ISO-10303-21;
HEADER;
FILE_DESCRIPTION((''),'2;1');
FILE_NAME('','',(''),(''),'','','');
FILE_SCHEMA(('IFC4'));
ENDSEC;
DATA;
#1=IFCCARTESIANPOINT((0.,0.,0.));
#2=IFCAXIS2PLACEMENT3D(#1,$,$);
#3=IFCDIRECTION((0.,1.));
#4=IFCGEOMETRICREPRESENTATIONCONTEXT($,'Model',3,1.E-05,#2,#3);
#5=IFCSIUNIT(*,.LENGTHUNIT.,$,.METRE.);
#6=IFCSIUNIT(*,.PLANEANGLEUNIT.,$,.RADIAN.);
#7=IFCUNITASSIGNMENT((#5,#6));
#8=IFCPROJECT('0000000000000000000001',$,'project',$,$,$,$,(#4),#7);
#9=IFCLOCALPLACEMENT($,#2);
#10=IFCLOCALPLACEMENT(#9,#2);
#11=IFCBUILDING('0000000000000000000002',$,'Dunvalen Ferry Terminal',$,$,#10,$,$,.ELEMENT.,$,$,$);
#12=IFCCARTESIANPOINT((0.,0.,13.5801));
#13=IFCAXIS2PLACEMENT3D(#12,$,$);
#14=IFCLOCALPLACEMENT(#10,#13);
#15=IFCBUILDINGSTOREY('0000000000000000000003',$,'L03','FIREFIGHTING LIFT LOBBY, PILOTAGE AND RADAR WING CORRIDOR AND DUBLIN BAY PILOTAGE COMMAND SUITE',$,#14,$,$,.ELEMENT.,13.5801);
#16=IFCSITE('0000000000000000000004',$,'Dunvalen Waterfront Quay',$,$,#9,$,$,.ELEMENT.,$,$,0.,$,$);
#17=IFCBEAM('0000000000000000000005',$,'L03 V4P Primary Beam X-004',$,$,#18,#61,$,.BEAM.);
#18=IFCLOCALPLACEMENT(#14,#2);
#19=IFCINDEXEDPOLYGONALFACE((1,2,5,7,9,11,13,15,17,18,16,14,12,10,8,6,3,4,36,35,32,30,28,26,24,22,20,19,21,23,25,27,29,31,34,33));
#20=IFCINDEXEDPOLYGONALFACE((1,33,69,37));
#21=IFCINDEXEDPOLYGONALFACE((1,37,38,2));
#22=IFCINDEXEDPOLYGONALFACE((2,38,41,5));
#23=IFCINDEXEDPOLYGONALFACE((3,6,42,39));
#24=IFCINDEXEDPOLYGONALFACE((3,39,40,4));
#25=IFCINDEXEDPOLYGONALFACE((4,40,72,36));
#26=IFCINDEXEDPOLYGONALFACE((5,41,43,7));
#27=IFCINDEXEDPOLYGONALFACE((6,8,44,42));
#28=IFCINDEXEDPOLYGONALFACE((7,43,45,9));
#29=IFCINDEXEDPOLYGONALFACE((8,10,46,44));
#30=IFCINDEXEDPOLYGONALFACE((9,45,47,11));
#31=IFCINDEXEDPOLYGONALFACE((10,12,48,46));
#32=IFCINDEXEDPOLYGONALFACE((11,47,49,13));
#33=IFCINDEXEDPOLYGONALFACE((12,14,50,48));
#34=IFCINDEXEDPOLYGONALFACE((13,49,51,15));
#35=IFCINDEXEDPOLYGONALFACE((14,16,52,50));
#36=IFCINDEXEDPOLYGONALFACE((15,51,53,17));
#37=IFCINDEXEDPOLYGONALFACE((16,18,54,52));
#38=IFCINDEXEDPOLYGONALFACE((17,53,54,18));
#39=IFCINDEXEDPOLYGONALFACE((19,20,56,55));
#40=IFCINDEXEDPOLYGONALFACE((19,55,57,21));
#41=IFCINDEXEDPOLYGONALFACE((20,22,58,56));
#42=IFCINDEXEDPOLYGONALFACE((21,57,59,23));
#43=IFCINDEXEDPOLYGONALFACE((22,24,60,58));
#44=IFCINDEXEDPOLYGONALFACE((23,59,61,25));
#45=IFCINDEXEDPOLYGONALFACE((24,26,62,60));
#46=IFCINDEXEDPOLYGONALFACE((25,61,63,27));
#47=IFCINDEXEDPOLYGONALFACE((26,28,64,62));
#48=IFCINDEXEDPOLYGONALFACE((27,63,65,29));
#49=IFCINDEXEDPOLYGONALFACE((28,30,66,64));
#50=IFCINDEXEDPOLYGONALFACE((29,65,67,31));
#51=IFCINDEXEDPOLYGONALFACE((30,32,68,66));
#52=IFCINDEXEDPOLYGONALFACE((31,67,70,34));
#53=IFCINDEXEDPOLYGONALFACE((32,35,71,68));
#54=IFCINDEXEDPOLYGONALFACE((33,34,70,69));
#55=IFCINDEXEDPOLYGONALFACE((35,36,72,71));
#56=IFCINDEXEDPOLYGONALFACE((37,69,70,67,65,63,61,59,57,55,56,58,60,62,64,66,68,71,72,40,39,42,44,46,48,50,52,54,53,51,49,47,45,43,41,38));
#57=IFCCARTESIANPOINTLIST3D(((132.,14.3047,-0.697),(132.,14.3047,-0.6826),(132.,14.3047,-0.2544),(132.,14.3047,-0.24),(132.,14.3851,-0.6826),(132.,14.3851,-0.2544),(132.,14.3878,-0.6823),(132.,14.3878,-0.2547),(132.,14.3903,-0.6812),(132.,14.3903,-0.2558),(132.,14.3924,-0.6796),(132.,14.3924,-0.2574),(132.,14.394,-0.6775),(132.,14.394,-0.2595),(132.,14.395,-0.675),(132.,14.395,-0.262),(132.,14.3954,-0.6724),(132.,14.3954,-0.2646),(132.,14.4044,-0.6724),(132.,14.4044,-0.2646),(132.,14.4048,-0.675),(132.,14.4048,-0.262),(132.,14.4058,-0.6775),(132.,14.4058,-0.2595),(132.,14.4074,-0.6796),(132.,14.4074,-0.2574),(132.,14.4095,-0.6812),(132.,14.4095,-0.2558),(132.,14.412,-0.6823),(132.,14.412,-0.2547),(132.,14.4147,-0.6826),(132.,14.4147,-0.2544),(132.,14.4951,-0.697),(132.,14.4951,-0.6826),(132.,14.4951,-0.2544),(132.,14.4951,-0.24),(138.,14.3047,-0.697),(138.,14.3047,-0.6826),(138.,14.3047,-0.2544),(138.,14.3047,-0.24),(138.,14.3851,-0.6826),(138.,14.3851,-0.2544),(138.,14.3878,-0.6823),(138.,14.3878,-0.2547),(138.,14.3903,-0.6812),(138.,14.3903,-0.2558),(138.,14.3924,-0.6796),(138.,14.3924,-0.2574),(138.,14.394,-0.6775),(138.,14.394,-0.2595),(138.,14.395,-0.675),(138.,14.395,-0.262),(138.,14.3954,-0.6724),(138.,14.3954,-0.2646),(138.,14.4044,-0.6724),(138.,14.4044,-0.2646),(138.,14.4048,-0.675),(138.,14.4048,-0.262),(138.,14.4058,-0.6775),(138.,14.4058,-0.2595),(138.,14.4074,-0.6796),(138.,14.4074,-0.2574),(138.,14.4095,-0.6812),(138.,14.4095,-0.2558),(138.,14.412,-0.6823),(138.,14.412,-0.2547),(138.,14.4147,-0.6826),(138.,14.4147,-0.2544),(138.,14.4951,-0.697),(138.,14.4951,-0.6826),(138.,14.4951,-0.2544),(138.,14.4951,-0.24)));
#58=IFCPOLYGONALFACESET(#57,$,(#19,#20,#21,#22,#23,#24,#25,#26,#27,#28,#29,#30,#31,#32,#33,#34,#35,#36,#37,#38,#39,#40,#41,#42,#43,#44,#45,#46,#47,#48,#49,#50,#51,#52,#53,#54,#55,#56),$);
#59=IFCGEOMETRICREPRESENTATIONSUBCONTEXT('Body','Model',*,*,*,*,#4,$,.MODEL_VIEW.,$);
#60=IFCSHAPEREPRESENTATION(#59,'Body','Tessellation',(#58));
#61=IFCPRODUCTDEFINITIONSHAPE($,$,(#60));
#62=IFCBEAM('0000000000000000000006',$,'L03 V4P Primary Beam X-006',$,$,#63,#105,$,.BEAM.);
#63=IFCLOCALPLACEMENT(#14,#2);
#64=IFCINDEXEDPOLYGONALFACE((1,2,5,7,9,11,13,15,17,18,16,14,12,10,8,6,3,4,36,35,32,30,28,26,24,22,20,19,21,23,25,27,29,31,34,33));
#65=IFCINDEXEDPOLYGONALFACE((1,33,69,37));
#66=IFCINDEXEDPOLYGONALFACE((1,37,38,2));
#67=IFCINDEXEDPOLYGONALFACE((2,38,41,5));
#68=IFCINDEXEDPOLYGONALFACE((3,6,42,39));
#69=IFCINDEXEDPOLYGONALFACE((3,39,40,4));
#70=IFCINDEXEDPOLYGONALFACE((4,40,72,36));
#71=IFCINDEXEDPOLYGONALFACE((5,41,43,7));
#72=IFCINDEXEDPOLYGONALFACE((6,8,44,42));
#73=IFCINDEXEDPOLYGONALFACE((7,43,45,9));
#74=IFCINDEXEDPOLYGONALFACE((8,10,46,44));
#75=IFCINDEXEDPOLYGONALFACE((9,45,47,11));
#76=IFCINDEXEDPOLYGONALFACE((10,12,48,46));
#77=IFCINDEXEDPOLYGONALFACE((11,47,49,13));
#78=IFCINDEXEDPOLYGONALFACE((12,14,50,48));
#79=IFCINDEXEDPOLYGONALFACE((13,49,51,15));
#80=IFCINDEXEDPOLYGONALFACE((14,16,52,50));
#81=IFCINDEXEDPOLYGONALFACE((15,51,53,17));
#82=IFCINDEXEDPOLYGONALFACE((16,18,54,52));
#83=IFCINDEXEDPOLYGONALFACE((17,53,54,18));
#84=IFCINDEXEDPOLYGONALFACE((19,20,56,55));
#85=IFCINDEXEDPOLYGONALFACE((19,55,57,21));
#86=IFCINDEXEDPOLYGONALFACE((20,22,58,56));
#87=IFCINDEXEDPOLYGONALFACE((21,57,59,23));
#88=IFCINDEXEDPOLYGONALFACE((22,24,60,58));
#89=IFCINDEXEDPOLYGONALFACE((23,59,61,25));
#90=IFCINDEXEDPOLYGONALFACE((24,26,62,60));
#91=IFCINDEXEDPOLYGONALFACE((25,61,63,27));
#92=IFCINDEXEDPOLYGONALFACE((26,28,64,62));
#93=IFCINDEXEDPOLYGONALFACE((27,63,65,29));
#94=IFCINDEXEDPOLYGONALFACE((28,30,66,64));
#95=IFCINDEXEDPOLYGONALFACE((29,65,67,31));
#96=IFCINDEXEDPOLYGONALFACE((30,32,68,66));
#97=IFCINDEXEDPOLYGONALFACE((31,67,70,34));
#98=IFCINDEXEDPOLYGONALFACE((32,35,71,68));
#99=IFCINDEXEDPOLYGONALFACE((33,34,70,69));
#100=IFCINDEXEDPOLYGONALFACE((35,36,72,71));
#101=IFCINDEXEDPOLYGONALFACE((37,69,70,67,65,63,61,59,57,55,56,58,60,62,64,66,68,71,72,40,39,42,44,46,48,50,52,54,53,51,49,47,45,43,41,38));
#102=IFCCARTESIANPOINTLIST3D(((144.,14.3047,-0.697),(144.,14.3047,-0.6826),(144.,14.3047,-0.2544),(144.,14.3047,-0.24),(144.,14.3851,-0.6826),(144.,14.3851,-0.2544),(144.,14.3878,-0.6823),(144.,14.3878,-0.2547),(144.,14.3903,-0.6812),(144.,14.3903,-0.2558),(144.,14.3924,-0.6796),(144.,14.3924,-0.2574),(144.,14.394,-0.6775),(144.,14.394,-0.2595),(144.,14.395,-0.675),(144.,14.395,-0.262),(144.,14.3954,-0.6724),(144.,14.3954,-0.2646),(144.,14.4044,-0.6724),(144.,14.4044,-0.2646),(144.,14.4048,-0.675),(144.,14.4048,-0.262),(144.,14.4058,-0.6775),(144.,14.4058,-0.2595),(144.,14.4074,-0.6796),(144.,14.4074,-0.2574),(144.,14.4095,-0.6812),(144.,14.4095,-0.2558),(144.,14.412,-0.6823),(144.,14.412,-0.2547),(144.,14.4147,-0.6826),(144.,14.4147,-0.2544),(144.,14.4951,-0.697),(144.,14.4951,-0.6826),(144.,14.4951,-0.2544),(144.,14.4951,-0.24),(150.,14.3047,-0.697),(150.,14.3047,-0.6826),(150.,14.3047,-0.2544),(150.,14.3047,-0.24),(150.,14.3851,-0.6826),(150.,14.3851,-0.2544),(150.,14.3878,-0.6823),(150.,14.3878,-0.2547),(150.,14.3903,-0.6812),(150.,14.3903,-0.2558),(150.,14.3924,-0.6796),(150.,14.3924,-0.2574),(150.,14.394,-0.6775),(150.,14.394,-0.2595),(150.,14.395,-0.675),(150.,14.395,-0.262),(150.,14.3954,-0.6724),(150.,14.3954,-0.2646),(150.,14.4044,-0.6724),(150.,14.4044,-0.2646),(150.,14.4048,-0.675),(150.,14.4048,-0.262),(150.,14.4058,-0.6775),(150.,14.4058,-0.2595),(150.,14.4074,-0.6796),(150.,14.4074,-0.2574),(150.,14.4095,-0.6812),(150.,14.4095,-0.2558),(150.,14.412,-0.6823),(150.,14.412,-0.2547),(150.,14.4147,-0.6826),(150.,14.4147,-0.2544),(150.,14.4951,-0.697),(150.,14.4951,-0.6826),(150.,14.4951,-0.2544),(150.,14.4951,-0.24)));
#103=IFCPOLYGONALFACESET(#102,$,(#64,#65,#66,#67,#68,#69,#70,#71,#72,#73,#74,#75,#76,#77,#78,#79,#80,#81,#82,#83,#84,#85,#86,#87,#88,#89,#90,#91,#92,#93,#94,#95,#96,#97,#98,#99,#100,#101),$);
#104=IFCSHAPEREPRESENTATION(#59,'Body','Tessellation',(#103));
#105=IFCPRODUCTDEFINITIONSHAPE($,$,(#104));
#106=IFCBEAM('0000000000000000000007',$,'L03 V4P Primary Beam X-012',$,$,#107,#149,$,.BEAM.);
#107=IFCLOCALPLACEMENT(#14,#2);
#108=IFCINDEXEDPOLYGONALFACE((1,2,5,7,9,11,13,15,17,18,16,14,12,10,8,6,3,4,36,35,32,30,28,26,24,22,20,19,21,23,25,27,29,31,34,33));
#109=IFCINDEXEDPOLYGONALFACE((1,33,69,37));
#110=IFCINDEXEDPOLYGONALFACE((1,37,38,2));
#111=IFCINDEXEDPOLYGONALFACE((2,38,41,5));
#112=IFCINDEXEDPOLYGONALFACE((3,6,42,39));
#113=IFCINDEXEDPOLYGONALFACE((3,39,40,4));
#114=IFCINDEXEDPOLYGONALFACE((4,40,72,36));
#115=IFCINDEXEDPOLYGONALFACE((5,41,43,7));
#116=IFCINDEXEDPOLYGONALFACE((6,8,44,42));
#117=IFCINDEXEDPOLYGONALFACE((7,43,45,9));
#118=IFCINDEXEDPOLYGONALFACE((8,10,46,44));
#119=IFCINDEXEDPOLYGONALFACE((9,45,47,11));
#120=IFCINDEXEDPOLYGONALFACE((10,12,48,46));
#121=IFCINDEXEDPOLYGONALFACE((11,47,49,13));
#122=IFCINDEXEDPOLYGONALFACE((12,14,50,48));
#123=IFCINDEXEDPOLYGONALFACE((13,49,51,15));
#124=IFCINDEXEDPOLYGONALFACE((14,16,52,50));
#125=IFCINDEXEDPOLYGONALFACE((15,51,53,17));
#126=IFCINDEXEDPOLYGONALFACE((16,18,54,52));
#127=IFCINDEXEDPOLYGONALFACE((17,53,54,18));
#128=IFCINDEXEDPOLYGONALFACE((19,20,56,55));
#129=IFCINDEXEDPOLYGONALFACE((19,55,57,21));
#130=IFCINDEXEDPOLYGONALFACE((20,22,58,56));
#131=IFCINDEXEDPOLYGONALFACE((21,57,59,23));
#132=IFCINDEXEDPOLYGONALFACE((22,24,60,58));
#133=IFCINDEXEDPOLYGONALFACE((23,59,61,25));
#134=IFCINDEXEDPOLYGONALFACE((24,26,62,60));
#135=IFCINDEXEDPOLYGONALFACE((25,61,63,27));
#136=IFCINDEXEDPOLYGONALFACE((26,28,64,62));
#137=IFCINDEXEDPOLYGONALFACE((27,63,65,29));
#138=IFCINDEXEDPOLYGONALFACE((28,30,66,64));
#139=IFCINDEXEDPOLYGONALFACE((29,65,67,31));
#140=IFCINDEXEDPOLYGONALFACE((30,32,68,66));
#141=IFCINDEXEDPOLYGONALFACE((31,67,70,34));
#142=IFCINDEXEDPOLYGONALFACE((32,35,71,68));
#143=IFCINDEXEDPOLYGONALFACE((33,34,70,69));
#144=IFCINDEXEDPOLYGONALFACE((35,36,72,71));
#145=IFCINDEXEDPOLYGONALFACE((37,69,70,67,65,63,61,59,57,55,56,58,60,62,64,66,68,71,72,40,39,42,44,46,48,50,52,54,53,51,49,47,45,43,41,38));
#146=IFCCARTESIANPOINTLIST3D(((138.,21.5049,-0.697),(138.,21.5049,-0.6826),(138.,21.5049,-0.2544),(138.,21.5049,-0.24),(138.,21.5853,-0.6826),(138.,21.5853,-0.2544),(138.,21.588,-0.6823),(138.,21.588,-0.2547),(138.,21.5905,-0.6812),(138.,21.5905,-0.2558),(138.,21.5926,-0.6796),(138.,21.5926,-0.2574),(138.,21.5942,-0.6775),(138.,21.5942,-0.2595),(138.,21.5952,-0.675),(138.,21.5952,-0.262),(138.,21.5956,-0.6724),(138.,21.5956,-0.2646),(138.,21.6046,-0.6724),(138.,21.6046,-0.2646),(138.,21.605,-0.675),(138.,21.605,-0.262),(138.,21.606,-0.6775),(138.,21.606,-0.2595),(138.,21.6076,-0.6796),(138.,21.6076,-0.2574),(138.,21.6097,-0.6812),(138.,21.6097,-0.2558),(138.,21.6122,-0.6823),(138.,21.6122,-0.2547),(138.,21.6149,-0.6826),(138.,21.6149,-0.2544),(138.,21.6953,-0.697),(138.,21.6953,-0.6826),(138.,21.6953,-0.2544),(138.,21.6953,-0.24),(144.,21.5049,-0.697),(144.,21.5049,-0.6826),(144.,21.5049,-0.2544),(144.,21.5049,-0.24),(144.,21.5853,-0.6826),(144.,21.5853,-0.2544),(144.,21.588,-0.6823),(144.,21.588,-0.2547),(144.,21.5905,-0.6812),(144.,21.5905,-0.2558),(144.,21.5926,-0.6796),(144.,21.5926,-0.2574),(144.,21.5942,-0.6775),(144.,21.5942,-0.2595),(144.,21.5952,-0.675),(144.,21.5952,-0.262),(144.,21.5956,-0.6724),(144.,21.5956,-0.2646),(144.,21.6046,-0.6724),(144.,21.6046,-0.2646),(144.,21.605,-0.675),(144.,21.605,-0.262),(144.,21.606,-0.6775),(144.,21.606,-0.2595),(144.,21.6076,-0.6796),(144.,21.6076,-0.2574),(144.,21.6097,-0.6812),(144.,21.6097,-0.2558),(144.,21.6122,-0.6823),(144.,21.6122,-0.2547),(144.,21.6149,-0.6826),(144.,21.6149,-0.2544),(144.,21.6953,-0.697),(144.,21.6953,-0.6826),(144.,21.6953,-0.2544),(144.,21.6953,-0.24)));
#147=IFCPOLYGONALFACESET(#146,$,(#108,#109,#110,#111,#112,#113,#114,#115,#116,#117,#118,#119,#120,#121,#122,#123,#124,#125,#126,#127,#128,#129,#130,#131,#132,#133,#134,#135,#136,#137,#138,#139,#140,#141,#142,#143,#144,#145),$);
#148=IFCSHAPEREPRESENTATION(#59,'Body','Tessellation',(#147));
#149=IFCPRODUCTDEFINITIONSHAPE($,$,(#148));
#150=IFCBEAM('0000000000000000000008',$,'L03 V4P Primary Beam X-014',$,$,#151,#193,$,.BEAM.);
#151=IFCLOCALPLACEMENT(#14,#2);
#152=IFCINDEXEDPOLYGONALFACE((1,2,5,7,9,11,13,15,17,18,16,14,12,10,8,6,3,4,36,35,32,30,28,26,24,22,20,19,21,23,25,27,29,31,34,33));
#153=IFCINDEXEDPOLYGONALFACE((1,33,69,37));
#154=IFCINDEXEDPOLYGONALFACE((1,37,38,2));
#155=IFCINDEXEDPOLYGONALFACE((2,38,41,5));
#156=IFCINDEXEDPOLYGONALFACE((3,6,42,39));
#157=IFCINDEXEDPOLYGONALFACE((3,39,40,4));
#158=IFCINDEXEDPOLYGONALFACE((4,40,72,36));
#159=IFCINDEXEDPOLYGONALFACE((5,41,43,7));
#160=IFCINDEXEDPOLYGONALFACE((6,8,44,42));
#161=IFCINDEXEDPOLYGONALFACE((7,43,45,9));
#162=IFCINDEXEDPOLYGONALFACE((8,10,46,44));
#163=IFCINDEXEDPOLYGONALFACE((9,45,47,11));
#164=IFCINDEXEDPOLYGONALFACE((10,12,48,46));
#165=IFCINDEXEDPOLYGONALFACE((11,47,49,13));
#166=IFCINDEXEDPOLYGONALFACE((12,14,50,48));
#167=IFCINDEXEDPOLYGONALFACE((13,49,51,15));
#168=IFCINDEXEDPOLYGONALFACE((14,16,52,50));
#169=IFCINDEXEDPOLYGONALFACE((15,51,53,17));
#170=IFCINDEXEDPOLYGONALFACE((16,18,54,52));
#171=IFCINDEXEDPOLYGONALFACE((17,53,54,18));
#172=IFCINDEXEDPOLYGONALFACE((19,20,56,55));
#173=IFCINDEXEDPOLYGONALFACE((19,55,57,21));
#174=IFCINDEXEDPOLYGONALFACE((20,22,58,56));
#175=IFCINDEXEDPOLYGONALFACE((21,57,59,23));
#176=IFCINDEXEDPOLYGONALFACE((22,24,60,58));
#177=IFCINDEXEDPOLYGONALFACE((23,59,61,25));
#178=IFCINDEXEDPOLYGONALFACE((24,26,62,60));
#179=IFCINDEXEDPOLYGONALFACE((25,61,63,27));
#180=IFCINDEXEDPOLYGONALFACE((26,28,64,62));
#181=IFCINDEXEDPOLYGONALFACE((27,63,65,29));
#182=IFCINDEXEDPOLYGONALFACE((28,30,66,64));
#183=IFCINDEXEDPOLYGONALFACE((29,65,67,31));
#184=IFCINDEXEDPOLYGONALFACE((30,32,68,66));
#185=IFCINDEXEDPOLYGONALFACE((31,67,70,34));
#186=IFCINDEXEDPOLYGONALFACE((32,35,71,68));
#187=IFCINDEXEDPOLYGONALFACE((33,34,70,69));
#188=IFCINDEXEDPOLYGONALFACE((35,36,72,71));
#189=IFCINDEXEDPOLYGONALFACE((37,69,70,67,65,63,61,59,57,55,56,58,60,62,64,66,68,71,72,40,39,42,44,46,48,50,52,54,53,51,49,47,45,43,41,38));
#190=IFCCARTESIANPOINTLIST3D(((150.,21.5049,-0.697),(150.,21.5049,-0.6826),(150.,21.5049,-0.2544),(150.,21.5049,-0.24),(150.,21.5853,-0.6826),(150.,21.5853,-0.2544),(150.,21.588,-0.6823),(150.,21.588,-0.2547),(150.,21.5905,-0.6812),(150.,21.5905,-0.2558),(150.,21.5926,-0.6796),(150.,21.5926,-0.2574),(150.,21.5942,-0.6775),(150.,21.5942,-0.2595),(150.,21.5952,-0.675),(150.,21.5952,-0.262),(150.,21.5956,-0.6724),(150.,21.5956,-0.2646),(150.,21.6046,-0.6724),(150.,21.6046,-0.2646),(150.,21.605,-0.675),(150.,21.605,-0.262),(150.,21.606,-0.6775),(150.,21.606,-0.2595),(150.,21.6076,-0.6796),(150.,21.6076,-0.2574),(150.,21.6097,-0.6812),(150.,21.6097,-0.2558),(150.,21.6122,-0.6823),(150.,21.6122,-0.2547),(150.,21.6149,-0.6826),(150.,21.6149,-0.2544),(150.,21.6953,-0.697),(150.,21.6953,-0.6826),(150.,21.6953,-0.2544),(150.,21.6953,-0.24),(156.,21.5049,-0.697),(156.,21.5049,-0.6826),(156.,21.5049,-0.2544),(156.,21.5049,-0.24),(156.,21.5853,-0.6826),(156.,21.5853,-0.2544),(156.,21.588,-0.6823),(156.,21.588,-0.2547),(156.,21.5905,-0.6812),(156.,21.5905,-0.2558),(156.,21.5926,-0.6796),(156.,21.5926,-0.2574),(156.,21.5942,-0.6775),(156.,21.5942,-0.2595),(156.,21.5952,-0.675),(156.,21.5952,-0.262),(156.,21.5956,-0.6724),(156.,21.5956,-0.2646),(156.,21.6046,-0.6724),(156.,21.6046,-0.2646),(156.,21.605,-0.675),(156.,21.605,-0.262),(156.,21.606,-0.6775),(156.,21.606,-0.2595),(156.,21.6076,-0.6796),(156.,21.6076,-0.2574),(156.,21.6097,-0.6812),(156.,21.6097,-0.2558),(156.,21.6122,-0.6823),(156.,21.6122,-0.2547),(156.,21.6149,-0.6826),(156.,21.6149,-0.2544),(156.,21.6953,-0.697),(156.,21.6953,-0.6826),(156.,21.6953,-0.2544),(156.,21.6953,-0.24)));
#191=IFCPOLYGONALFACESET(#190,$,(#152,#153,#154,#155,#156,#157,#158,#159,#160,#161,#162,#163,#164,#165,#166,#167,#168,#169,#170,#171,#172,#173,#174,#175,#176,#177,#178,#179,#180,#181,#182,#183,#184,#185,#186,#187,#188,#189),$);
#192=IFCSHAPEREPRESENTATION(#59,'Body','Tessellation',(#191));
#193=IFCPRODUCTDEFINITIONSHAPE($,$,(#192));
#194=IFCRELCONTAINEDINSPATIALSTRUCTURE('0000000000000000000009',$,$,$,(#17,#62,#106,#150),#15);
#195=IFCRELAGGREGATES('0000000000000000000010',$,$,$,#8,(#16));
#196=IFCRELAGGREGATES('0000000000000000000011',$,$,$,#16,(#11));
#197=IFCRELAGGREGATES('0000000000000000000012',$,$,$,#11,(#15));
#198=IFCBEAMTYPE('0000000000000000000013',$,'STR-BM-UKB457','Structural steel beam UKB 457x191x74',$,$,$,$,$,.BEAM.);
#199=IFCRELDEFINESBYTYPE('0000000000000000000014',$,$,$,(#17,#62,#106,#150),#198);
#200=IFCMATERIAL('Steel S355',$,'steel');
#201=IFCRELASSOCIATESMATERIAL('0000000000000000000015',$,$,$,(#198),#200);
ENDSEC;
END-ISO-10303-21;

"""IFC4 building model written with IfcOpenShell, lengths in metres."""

from ifc_helpers import new_model, si_unit, direction, frame, origin, origin_2d, place, context, subcontext, project, spatial, i_section, extrude, material, material_profile, profile_set, type_object, element, save


model = new_model("IFC4")

# Units and contexts
model_context = context("Model", 3, precision=1e-05, world=origin(), true_north=direction((0.0, 1.0)))
body_context = subcontext(model_context, "Body", "Model", "MODEL_VIEW")
ifc_project = project(units=[si_unit("LENGTHUNIT", "METRE"), si_unit("PLANEANGLEUNIT", "RADIAN")], contexts=[model_context])

# Site, building, storey
site_placement = place(None, origin())
site = spatial("IfcSite", under=ifc_project, at=site_placement, Name="Dunvalen Waterfront Quay", CompositionType="ELEMENT", RefElevation=0.0)
building_placement = place(site_placement, origin())
building = spatial("IfcBuilding", under=site, at=building_placement, Name="Dunvalen Ferry Terminal", CompositionType="ELEMENT")
storey_placement = place(building_placement, frame((0.0, 0.0, 13.5801)))
storey = spatial("IfcBuildingStorey", under=building, at=storey_placement, Name="L03", Description="FIREFIGHTING LIFT LOBBY, PILOTAGE AND RADAR WING CORRIDOR AND DUBLIN BAY PILOTAGE COMMAND SUITE", CompositionType="ELEMENT", Elevation=13.5801)

# Beams
ifc_material_1 = material(Name="Steel S355", Category="steel")
ifc_material_profile_1 = material_profile(ifc_material_1, i_section(OverallWidth=0.1904, OverallDepth=0.457, WebThickness=0.009, FlangeThickness=0.0144, FilletRadius=0.0103, at=origin_2d()), Name="Steel S355")
ifc_profile_set_1 = profile_set([ifc_material_profile_1], Name="Steel S355")
beam_type_1 = type_object("IfcBeamType", Name="STR-BM-UKB457", Description="Structural steel beam UKB 457x191x74", PredefinedType="BEAM", material=ifc_profile_set_1)
for number, where, z_axis, x_axis, name in (
    (1, (132.0, 14.3999, -0.4685), (1.0, 0.0, 0.0), (0.0, 1.0, 0.0), "L03 V4P Primary Beam X-004"),
    (2, (144.0, 14.3999, -0.4685), (1.0, 0.0, 0.0), (0.0, 1.0, 0.0), "L03 V4P Primary Beam X-006"),
    (3, (138.0, 21.6001, -0.4685), (1.0, 0.0, 0.0), (0.0, 1.0, 0.0), "L03 V4P Primary Beam X-012"),
    (4, (150.0, 21.6001, -0.4685), (1.0, 0.0, 0.0), (0.0, 1.0, 0.0), "L03 V4P Primary Beam X-014"),
):
    element("IfcBeam", number, at=place(storey_placement, frame(where, z_axis=z_axis, x_axis=x_axis)), inside=storey, type_object=beam_type_1, Name=name, PredefinedType="BEAM", context=body_context, shape_type="SweptSolid", body=[
        extrude(i_section(OverallWidth=0.1904, OverallDepth=0.457, WebThickness=0.009, FlangeThickness=0.0144, FilletRadius=0.0103, at=origin_2d()), origin(), (0.0, 0.0, 1.0), 6.0),
    ])

save(model, "model.ifc")
